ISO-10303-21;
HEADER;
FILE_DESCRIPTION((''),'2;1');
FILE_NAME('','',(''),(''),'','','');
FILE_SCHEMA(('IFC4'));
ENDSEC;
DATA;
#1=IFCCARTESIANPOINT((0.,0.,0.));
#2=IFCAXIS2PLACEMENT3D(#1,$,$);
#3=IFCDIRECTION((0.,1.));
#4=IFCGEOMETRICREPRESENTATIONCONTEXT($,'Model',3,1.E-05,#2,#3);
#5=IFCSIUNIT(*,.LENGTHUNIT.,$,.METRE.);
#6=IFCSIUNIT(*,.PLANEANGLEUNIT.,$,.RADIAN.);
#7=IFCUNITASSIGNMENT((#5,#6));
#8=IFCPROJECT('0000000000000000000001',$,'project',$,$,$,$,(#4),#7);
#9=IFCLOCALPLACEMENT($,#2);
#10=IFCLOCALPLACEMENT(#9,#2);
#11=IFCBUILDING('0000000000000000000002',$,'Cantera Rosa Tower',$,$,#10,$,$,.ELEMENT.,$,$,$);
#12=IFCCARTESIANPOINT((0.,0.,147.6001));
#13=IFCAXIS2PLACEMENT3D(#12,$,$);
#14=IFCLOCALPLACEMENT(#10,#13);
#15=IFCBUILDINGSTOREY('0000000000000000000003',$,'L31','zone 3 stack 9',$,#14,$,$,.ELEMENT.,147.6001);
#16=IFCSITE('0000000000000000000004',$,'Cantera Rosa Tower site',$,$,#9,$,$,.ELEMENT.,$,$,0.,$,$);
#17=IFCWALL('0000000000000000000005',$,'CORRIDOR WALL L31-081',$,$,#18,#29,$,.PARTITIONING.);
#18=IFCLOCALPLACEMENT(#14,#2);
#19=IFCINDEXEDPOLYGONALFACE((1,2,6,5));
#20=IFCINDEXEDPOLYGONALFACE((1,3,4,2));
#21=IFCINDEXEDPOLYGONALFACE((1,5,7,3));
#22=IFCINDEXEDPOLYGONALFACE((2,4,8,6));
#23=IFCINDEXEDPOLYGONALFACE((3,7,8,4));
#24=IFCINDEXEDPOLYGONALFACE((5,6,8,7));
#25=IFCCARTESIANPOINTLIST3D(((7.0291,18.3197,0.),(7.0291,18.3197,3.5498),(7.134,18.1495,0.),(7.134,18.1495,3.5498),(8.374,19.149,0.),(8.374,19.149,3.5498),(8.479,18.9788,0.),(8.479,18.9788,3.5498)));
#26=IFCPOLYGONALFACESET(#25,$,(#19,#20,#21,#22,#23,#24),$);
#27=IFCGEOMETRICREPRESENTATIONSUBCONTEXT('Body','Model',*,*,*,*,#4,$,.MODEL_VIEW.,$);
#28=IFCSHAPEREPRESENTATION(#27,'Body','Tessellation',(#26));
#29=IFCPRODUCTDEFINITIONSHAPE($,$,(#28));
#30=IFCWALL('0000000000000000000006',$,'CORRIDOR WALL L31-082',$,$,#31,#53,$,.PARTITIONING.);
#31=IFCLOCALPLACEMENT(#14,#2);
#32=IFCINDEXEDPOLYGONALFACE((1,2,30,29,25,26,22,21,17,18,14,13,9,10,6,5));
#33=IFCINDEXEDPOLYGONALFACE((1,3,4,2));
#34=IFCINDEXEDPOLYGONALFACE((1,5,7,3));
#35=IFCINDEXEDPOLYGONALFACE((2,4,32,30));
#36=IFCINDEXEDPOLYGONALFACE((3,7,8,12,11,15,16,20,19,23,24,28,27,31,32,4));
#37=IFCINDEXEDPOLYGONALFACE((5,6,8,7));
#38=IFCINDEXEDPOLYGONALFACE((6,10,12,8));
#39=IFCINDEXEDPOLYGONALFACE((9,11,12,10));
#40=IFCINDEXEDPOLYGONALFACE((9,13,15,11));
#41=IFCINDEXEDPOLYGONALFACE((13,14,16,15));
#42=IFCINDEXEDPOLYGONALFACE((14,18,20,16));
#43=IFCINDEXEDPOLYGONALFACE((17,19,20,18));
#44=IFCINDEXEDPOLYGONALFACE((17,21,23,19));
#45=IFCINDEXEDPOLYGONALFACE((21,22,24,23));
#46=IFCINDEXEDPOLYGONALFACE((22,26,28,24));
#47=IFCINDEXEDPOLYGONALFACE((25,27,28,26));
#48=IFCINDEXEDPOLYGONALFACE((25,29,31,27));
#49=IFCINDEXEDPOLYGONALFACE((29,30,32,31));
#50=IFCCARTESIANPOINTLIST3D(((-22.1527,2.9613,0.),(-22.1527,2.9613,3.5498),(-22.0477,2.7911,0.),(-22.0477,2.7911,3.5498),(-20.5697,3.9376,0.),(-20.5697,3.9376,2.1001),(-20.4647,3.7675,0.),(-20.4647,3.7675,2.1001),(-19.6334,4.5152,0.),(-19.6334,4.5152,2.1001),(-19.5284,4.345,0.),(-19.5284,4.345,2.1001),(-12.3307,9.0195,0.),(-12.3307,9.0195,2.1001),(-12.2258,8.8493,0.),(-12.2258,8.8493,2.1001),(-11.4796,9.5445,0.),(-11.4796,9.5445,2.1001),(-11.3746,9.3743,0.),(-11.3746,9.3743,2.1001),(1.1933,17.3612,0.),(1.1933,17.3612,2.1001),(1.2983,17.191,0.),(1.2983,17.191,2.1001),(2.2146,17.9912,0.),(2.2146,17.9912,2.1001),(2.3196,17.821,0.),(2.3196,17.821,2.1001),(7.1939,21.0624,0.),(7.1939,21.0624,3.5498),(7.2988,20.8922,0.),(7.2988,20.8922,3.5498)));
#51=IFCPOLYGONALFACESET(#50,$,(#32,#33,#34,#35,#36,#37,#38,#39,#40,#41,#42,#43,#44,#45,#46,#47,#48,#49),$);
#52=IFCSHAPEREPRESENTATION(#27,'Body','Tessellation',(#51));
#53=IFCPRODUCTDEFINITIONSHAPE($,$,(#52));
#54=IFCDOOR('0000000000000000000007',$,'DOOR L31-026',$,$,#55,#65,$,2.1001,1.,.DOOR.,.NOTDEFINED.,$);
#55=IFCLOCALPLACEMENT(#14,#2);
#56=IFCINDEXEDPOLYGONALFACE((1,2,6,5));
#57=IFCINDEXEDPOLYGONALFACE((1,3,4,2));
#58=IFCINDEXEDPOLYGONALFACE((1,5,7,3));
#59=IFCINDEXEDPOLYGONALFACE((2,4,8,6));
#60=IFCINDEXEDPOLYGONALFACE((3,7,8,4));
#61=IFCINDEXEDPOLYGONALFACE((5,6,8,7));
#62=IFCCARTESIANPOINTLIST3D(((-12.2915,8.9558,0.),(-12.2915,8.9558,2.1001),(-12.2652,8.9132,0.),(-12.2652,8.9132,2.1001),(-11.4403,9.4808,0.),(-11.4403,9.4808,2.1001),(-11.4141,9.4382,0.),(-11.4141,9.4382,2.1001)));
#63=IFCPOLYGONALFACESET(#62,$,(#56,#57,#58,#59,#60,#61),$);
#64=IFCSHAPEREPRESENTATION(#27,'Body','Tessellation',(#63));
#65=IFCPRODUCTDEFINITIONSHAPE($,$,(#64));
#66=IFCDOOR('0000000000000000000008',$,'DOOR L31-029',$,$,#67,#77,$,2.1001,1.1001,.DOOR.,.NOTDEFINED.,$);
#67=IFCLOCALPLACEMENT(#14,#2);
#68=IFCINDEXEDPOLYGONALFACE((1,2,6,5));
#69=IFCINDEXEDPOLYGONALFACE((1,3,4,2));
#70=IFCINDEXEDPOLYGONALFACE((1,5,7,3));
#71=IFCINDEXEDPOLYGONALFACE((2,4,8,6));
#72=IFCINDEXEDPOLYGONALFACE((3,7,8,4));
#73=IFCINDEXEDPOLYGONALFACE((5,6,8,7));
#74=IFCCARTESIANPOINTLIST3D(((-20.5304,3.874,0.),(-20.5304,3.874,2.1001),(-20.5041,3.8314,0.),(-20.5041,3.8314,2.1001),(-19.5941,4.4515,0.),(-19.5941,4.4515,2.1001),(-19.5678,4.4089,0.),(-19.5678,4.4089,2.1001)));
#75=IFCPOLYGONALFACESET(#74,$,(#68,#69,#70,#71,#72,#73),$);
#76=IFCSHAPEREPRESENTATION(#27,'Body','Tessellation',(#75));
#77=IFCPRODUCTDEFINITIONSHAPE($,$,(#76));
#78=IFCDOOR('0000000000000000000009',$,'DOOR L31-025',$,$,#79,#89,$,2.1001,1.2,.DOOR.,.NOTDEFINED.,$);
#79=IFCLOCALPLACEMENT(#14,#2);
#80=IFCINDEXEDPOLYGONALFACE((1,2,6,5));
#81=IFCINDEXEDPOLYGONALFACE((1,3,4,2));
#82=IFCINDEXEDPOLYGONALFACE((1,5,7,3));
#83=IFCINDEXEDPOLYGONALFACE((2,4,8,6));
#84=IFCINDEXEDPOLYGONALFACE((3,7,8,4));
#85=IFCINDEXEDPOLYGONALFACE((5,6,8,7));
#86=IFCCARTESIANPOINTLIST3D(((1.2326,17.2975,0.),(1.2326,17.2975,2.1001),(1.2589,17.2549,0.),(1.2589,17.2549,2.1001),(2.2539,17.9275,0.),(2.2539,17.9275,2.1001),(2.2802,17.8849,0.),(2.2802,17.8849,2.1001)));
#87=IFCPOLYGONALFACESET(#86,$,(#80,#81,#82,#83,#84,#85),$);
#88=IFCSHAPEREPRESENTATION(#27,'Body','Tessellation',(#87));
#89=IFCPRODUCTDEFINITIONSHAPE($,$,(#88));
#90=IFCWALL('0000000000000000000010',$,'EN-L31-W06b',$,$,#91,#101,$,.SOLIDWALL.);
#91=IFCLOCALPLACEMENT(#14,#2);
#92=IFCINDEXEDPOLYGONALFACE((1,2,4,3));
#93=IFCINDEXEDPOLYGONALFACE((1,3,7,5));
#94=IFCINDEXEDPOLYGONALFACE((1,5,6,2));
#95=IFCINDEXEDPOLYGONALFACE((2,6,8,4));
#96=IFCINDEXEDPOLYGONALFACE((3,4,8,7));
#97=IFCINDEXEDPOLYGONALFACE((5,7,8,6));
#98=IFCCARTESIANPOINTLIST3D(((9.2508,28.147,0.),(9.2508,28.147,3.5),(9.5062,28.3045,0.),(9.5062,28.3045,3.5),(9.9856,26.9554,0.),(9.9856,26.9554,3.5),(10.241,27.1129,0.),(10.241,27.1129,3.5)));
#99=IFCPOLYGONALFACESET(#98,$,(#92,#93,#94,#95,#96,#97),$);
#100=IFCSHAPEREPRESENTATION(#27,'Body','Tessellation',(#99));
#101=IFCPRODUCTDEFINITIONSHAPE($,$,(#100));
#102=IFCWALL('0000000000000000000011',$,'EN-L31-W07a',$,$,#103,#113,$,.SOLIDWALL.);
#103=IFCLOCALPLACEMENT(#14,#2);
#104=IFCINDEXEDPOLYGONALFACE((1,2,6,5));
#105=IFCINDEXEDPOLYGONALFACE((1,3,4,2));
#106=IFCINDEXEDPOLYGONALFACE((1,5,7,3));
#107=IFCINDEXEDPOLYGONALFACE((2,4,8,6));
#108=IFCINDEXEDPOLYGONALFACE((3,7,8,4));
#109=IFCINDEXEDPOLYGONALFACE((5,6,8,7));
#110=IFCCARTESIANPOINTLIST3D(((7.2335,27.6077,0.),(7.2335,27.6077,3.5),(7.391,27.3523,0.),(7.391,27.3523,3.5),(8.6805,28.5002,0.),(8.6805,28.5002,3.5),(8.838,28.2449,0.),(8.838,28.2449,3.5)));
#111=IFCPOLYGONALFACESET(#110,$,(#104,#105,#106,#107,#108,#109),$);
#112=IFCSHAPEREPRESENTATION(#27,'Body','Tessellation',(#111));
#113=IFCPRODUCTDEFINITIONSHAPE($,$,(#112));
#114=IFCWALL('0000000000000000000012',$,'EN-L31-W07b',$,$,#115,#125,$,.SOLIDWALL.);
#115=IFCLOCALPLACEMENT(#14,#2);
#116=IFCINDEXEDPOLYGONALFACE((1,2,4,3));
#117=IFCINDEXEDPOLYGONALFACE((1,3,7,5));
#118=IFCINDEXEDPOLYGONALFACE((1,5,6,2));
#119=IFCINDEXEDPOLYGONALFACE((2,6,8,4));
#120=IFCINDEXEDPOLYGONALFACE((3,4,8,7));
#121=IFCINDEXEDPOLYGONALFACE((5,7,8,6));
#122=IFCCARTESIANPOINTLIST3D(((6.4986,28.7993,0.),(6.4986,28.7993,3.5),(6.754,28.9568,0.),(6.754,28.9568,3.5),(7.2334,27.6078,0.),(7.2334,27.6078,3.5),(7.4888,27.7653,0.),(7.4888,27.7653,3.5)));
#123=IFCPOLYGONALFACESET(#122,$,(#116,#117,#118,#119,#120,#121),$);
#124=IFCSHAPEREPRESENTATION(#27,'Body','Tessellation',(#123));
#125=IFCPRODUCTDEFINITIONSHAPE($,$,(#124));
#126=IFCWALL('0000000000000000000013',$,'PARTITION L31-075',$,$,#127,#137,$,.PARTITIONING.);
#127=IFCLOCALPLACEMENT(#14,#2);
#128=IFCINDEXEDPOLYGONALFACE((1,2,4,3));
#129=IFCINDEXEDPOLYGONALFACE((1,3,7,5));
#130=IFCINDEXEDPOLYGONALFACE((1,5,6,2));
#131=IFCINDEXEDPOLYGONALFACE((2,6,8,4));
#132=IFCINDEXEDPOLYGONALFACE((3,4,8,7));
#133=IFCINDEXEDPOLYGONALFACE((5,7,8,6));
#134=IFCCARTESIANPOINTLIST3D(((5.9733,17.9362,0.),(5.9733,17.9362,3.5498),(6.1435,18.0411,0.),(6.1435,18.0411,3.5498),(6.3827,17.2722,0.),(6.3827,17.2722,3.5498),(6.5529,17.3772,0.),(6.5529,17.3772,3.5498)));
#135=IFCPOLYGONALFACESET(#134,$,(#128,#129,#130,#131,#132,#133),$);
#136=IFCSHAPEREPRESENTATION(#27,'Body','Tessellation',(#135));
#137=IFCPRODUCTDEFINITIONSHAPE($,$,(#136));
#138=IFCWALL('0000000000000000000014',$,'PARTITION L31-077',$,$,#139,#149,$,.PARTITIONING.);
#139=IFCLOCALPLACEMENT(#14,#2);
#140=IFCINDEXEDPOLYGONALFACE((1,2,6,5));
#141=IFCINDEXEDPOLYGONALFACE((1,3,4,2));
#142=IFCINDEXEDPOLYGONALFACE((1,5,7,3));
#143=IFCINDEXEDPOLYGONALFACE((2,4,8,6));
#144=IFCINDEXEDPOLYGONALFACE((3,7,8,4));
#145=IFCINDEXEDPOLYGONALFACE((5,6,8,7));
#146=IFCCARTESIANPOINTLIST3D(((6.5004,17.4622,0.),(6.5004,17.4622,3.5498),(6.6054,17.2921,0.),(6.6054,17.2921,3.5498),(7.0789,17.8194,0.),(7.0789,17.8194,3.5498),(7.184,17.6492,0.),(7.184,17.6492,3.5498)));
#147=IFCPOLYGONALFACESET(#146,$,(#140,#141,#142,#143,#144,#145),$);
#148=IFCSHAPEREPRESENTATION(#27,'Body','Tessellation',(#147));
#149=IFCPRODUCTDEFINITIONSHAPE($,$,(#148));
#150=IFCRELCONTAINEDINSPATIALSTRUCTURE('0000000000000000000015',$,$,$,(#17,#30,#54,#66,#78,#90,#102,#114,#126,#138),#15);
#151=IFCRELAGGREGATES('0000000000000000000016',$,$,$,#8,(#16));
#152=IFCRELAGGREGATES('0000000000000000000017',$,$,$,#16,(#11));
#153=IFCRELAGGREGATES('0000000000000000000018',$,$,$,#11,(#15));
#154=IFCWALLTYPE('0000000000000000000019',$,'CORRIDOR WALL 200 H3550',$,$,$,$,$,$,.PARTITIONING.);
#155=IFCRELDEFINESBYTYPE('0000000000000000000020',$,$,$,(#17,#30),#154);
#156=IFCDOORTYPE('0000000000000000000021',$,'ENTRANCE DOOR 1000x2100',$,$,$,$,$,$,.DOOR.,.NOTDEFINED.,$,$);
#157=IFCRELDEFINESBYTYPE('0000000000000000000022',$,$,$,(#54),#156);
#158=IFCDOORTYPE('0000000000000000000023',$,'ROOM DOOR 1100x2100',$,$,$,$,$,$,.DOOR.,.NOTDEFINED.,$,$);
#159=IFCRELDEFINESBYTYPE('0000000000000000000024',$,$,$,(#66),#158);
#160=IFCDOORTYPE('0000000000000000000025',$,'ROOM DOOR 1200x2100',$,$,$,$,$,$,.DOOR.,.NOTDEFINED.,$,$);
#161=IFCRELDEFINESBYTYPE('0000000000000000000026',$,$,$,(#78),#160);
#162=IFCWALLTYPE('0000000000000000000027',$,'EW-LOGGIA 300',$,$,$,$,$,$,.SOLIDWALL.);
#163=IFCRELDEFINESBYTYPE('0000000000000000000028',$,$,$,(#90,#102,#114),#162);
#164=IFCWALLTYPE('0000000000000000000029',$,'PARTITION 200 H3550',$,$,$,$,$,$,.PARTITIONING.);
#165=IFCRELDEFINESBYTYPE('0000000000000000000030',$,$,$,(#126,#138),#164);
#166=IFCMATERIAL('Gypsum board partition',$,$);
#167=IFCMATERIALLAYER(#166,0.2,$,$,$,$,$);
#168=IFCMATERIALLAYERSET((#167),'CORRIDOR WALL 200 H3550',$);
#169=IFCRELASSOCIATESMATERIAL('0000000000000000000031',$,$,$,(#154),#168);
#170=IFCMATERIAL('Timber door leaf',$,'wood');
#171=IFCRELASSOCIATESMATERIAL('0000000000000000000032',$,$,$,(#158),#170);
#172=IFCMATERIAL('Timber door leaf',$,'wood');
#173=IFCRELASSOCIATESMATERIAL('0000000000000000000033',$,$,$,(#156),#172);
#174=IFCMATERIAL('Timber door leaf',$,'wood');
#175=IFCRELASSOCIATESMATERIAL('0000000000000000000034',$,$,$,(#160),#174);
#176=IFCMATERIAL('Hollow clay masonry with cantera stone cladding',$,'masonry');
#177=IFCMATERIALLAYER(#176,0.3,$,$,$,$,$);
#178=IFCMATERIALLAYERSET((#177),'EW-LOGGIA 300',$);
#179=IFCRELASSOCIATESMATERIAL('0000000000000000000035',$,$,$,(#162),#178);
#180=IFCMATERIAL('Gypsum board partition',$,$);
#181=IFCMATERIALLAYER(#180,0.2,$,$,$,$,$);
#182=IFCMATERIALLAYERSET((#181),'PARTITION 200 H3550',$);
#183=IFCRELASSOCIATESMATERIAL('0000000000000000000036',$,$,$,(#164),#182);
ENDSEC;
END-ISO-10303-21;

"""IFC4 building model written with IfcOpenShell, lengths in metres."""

from ifc_helpers import new_model, si_unit, direction, frame, frame_2d, origin, place, context, subcontext, project, spatial, rectangle, extrude, material, layer, layer_set, type_object, element, fill, save


model = new_model("IFC4")

# Units and contexts
model_context = context("Model", 3, precision=1e-05, world=origin(), true_north=direction((0.0, 1.0)))
body_context = subcontext(model_context, "Body", "Model", "MODEL_VIEW")
ifc_project = project(units=[si_unit("LENGTHUNIT", "METRE"), si_unit("PLANEANGLEUNIT", "RADIAN")], contexts=[model_context])

# Site, building, storey
site_placement = place(None, origin())
site = spatial("IfcSite", under=ifc_project, at=site_placement, Name="Cantera Rosa Tower site", CompositionType="ELEMENT", RefElevation=0.0)
building_placement = place(site_placement, origin())
building = spatial("IfcBuilding", under=site, at=building_placement, Name="Cantera Rosa Tower", CompositionType="ELEMENT")
storey_placement = place(building_placement, frame((0.0, 0.0, 147.6001)))
storey = spatial("IfcBuildingStorey", under=building, at=storey_placement, Name="L31", Description="zone 3 stack 9", CompositionType="ELEMENT", Elevation=147.6001)

# Shared definitions
ifc_material_1 = material(Name="Gypsum board partition")
ifc_layer_1 = layer(ifc_material_1, 0.2)
ifc_layer_set_1 = layer_set([ifc_layer_1], Name="CORRIDOR WALL 200 H3550")
wall_type_1 = type_object("IfcWallType", Name="CORRIDOR WALL 200 H3550", PredefinedType="PARTITIONING", material=ifc_layer_set_1)

# Shared definitions
ifc_material_2 = material(Name="Timber door leaf", Category="wood")
door_type_1 = type_object("IfcDoorType", Name="ROOM DOOR 1100x2100", OperationType="NOTDEFINED", PredefinedType="DOOR", material=ifc_material_2)

# Wall
wall_1_placement = place(storey_placement, frame((7.0815, 18.2346, 0.0), z_axis=(0.0, 0.0, 1.0), x_axis=(0.851186, 0.524864, 0.0)))
element("IfcWall", 1, at=wall_1_placement, inside=storey, type_object=wall_type_1, Name="CORRIDOR WALL L31-081", PredefinedType="PARTITIONING", context=body_context, shape_type="SweptSolid", body=[
    extrude(rectangle(XDim=1.5801, YDim=0.2, at=frame_2d((0.79, 0.0))), origin(), (0.0, 0.0, 1.0), 3.5498),
])

# Wall, openings, doors
wall_2_placement = place(storey_placement, frame((7.2463, 20.9773, 0.0), z_axis=(0.0, 0.0, 1.0), x_axis=(-0.851118, -0.524975, 0.0)))
wall_2 = element("IfcWall", 2, at=wall_2_placement, inside=storey, type_object=wall_type_1, Name="CORRIDOR WALL L31-082", PredefinedType="PARTITIONING", context=body_context, shape_type="SweptSolid", body=[
    extrude(rectangle(XDim=34.48, YDim=0.2, at=frame_2d((17.24, 0.0))), origin(), (0.0, 0.0, 1.0), 3.5498),
])
opening_1_placement = place(wall_2_placement, frame((5.8501, 0.0, 0.0)))
opening_1 = element("IfcOpeningElement", 3, at=opening_1_placement, cuts=wall_2, PredefinedType="OPENING", context=body_context, shape_type="SweptSolid", body=[
    extrude(rectangle(XDim=1.2, YDim=2.1001, at=frame_2d((0.6001, 1.05))), frame((0.0, 0.1099, 0.0), z_axis=(0.0, -1.0, 0.0), x_axis=(1.0, 0.0, 0.0)), (0.0, 0.0, 1.0), 0.22),
])
opening_2_placement = place(wall_2_placement, frame((21.9399, 0.0, 0.0)))
opening_2 = element("IfcOpeningElement", 4, at=opening_2_placement, cuts=wall_2, PredefinedType="OPENING", context=body_context, shape_type="SweptSolid", body=[
    extrude(rectangle(XDim=1.0, YDim=2.1001, at=frame_2d((0.5, 1.05))), frame((0.0, 0.1099, 0.0), z_axis=(0.0, -1.0, 0.0), x_axis=(1.0, 0.0, 0.0)), (0.0, 0.0, 1.0), 0.22),
])
opening_3_placement = place(wall_2_placement, frame((31.52, 0.0, 0.0)))
opening_3 = element("IfcOpeningElement", 5, at=opening_3_placement, cuts=wall_2, PredefinedType="OPENING", context=body_context, shape_type="SweptSolid", body=[
    extrude(rectangle(XDim=1.1001, YDim=2.1001, at=frame_2d((0.55, 1.05))), frame((0.0, 0.1099, 0.0), z_axis=(0.0, -1.0, 0.0), x_axis=(1.0, 0.0, 0.0)), (0.0, 0.0, 1.0), 0.22),
])
ifc_material_3 = material(Name="Timber door leaf", Category="wood")
door_type_2 = type_object("IfcDoorType", Name="ENTRANCE DOOR 1000x2100", OperationType="NOTDEFINED", PredefinedType="DOOR", material=ifc_material_3)
door_1_placement = place(opening_2_placement, origin())
door_1 = element("IfcDoor", 6, at=door_1_placement, inside=storey, type_object=door_type_2, Name="DOOR L31-026", OperationType="NOTDEFINED", OverallHeight=2.1001, OverallWidth=1.0, PredefinedType="DOOR", context=body_context, shape_type="SweptSolid", body=[
    extrude(rectangle(XDim=1.0, YDim=2.1001, at=frame_2d((0.5, 1.05))), frame((0.0, 0.0249, 0.0), z_axis=(0.0, -1.0, 0.0), x_axis=(1.0, 0.0, 0.0)), (0.0, 0.0, 1.0), 0.05),
])
fill(opening_2, door_1)
door_2_placement = place(opening_3_placement, origin())
door_2 = element("IfcDoor", 7, at=door_2_placement, inside=storey, type_object=door_type_1, Name="DOOR L31-029", OperationType="NOTDEFINED", OverallHeight=2.1001, OverallWidth=1.1001, PredefinedType="DOOR", context=body_context, shape_type="SweptSolid", body=[
    extrude(rectangle(XDim=1.1001, YDim=2.1001, at=frame_2d((0.55, 1.05))), frame((0.0, 0.0249, 0.0), z_axis=(0.0, -1.0, 0.0), x_axis=(1.0, 0.0, 0.0)), (0.0, 0.0, 1.0), 0.05),
])
fill(opening_3, door_2)
ifc_material_4 = material(Name="Timber door leaf", Category="wood")
door_type_3 = type_object("IfcDoorType", Name="ROOM DOOR 1200x2100", OperationType="NOTDEFINED", PredefinedType="DOOR", material=ifc_material_4)
door_3_placement = place(opening_1_placement, origin())
door_3 = element("IfcDoor", 8, at=door_3_placement, inside=storey, type_object=door_type_3, Name="DOOR L31-025", OperationType="NOTDEFINED", OverallHeight=2.1001, OverallWidth=1.2, PredefinedType="DOOR", context=body_context, shape_type="SweptSolid", body=[
    extrude(rectangle(XDim=1.2, YDim=2.1001, at=frame_2d((0.6001, 1.05))), frame((0.0, 0.0249, 0.0), z_axis=(0.0, -1.0, 0.0), x_axis=(1.0, 0.0, 0.0)), (0.0, 0.0, 1.0), 0.05),
])
fill(opening_1, door_3)

# Walls
ifc_material_5 = material(Name="Hollow clay masonry with cantera stone cladding", Category="masonry")
ifc_layer_2 = layer(ifc_material_5, 0.3)
ifc_layer_set_2 = layer_set([ifc_layer_2], Name="EW-LOGGIA 300")
wall_type_2 = type_object("IfcWallType", Name="EW-LOGGIA 300", PredefinedType="SOLIDWALL", material=ifc_layer_set_2)
wall_3_placement = place(storey_placement, frame((10.1133, 27.0342, 0.0), z_axis=(0.0, 0.0, 1.0), x_axis=(-0.524895, 0.851167, 0.0)))
element("IfcWall", 9, at=wall_3_placement, inside=storey, type_object=wall_type_2, Name="EN-L31-W06b", PredefinedType="SOLIDWALL", context=body_context, shape_type="SweptSolid", body=[
    extrude(rectangle(XDim=1.3999, YDim=0.3, at=frame_2d((0.7, 0.0))), origin(), (0.0, 0.0, 1.0), 3.5),
])
wall_4_placement = place(storey_placement, frame((8.7593, 28.3726, 0.0), z_axis=(0.0, 0.0, 1.0), x_axis=(-0.851106, -0.524994, 0.0)))
element("IfcWall", 10, at=wall_4_placement, inside=storey, type_object=wall_type_2, Name="EN-L31-W07a", PredefinedType="SOLIDWALL", context=body_context, shape_type="SweptSolid", body=[
    extrude(rectangle(XDim=1.7002, YDim=0.3, at=frame_2d((0.8501, 0.0))), origin(), (0.0, 0.0, 1.0), 3.5),
])
wall_5_placement = place(storey_placement, frame((7.3611, 27.6865, 0.0), z_axis=(0.0, 0.0, 1.0), x_axis=(-0.524895, 0.851167, 0.0)))
element("IfcWall", 11, at=wall_5_placement, inside=storey, type_object=wall_type_2, Name="EN-L31-W07b", PredefinedType="SOLIDWALL", context=body_context, shape_type="SweptSolid", body=[
    extrude(rectangle(XDim=1.3999, YDim=0.3, at=frame_2d((0.7, 0.0))), origin(), (0.0, 0.0, 1.0), 3.5),
])

# Walls
ifc_material_6 = material(Name="Gypsum board partition")
ifc_layer_3 = layer(ifc_material_6, 0.2)
ifc_layer_set_3 = layer_set([ifc_layer_3], Name="PARTITION 200 H3550")
wall_type_3 = type_object("IfcWallType", Name="PARTITION 200 H3550", PredefinedType="PARTITIONING", material=ifc_layer_set_3)
wall_6_placement = place(storey_placement, frame((6.0583, 17.9888, 0.0), z_axis=(0.0, 0.0, 1.0), x_axis=(0.524813, -0.851217, 0.0)))
element("IfcWall", 12, at=wall_6_placement, inside=storey, type_object=wall_type_3, Name="PARTITION L31-075", PredefinedType="PARTITIONING", context=body_context, shape_type="SweptSolid", body=[
    extrude(rectangle(XDim=0.78, YDim=0.2, at=frame_2d((0.3901, 0.0))), origin(), (0.0, 0.0, 1.0), 3.5498),
])
wall_7_placement = place(storey_placement, frame((6.553, 17.3772, 0.0), z_axis=(0.0, 0.0, 1.0), x_axis=(0.85093, 0.525279, 0.0)))
element("IfcWall", 13, at=wall_7_placement, inside=storey, type_object=wall_type_3, Name="PARTITION L31-077", PredefinedType="PARTITIONING", context=body_context, shape_type="SweptSolid", body=[
    extrude(rectangle(XDim=0.6799, YDim=0.2, at=frame_2d((0.3398, 0.0))), origin(), (0.0, 0.0, 1.0), 3.5498),
])

save(model, "model.ifc")
